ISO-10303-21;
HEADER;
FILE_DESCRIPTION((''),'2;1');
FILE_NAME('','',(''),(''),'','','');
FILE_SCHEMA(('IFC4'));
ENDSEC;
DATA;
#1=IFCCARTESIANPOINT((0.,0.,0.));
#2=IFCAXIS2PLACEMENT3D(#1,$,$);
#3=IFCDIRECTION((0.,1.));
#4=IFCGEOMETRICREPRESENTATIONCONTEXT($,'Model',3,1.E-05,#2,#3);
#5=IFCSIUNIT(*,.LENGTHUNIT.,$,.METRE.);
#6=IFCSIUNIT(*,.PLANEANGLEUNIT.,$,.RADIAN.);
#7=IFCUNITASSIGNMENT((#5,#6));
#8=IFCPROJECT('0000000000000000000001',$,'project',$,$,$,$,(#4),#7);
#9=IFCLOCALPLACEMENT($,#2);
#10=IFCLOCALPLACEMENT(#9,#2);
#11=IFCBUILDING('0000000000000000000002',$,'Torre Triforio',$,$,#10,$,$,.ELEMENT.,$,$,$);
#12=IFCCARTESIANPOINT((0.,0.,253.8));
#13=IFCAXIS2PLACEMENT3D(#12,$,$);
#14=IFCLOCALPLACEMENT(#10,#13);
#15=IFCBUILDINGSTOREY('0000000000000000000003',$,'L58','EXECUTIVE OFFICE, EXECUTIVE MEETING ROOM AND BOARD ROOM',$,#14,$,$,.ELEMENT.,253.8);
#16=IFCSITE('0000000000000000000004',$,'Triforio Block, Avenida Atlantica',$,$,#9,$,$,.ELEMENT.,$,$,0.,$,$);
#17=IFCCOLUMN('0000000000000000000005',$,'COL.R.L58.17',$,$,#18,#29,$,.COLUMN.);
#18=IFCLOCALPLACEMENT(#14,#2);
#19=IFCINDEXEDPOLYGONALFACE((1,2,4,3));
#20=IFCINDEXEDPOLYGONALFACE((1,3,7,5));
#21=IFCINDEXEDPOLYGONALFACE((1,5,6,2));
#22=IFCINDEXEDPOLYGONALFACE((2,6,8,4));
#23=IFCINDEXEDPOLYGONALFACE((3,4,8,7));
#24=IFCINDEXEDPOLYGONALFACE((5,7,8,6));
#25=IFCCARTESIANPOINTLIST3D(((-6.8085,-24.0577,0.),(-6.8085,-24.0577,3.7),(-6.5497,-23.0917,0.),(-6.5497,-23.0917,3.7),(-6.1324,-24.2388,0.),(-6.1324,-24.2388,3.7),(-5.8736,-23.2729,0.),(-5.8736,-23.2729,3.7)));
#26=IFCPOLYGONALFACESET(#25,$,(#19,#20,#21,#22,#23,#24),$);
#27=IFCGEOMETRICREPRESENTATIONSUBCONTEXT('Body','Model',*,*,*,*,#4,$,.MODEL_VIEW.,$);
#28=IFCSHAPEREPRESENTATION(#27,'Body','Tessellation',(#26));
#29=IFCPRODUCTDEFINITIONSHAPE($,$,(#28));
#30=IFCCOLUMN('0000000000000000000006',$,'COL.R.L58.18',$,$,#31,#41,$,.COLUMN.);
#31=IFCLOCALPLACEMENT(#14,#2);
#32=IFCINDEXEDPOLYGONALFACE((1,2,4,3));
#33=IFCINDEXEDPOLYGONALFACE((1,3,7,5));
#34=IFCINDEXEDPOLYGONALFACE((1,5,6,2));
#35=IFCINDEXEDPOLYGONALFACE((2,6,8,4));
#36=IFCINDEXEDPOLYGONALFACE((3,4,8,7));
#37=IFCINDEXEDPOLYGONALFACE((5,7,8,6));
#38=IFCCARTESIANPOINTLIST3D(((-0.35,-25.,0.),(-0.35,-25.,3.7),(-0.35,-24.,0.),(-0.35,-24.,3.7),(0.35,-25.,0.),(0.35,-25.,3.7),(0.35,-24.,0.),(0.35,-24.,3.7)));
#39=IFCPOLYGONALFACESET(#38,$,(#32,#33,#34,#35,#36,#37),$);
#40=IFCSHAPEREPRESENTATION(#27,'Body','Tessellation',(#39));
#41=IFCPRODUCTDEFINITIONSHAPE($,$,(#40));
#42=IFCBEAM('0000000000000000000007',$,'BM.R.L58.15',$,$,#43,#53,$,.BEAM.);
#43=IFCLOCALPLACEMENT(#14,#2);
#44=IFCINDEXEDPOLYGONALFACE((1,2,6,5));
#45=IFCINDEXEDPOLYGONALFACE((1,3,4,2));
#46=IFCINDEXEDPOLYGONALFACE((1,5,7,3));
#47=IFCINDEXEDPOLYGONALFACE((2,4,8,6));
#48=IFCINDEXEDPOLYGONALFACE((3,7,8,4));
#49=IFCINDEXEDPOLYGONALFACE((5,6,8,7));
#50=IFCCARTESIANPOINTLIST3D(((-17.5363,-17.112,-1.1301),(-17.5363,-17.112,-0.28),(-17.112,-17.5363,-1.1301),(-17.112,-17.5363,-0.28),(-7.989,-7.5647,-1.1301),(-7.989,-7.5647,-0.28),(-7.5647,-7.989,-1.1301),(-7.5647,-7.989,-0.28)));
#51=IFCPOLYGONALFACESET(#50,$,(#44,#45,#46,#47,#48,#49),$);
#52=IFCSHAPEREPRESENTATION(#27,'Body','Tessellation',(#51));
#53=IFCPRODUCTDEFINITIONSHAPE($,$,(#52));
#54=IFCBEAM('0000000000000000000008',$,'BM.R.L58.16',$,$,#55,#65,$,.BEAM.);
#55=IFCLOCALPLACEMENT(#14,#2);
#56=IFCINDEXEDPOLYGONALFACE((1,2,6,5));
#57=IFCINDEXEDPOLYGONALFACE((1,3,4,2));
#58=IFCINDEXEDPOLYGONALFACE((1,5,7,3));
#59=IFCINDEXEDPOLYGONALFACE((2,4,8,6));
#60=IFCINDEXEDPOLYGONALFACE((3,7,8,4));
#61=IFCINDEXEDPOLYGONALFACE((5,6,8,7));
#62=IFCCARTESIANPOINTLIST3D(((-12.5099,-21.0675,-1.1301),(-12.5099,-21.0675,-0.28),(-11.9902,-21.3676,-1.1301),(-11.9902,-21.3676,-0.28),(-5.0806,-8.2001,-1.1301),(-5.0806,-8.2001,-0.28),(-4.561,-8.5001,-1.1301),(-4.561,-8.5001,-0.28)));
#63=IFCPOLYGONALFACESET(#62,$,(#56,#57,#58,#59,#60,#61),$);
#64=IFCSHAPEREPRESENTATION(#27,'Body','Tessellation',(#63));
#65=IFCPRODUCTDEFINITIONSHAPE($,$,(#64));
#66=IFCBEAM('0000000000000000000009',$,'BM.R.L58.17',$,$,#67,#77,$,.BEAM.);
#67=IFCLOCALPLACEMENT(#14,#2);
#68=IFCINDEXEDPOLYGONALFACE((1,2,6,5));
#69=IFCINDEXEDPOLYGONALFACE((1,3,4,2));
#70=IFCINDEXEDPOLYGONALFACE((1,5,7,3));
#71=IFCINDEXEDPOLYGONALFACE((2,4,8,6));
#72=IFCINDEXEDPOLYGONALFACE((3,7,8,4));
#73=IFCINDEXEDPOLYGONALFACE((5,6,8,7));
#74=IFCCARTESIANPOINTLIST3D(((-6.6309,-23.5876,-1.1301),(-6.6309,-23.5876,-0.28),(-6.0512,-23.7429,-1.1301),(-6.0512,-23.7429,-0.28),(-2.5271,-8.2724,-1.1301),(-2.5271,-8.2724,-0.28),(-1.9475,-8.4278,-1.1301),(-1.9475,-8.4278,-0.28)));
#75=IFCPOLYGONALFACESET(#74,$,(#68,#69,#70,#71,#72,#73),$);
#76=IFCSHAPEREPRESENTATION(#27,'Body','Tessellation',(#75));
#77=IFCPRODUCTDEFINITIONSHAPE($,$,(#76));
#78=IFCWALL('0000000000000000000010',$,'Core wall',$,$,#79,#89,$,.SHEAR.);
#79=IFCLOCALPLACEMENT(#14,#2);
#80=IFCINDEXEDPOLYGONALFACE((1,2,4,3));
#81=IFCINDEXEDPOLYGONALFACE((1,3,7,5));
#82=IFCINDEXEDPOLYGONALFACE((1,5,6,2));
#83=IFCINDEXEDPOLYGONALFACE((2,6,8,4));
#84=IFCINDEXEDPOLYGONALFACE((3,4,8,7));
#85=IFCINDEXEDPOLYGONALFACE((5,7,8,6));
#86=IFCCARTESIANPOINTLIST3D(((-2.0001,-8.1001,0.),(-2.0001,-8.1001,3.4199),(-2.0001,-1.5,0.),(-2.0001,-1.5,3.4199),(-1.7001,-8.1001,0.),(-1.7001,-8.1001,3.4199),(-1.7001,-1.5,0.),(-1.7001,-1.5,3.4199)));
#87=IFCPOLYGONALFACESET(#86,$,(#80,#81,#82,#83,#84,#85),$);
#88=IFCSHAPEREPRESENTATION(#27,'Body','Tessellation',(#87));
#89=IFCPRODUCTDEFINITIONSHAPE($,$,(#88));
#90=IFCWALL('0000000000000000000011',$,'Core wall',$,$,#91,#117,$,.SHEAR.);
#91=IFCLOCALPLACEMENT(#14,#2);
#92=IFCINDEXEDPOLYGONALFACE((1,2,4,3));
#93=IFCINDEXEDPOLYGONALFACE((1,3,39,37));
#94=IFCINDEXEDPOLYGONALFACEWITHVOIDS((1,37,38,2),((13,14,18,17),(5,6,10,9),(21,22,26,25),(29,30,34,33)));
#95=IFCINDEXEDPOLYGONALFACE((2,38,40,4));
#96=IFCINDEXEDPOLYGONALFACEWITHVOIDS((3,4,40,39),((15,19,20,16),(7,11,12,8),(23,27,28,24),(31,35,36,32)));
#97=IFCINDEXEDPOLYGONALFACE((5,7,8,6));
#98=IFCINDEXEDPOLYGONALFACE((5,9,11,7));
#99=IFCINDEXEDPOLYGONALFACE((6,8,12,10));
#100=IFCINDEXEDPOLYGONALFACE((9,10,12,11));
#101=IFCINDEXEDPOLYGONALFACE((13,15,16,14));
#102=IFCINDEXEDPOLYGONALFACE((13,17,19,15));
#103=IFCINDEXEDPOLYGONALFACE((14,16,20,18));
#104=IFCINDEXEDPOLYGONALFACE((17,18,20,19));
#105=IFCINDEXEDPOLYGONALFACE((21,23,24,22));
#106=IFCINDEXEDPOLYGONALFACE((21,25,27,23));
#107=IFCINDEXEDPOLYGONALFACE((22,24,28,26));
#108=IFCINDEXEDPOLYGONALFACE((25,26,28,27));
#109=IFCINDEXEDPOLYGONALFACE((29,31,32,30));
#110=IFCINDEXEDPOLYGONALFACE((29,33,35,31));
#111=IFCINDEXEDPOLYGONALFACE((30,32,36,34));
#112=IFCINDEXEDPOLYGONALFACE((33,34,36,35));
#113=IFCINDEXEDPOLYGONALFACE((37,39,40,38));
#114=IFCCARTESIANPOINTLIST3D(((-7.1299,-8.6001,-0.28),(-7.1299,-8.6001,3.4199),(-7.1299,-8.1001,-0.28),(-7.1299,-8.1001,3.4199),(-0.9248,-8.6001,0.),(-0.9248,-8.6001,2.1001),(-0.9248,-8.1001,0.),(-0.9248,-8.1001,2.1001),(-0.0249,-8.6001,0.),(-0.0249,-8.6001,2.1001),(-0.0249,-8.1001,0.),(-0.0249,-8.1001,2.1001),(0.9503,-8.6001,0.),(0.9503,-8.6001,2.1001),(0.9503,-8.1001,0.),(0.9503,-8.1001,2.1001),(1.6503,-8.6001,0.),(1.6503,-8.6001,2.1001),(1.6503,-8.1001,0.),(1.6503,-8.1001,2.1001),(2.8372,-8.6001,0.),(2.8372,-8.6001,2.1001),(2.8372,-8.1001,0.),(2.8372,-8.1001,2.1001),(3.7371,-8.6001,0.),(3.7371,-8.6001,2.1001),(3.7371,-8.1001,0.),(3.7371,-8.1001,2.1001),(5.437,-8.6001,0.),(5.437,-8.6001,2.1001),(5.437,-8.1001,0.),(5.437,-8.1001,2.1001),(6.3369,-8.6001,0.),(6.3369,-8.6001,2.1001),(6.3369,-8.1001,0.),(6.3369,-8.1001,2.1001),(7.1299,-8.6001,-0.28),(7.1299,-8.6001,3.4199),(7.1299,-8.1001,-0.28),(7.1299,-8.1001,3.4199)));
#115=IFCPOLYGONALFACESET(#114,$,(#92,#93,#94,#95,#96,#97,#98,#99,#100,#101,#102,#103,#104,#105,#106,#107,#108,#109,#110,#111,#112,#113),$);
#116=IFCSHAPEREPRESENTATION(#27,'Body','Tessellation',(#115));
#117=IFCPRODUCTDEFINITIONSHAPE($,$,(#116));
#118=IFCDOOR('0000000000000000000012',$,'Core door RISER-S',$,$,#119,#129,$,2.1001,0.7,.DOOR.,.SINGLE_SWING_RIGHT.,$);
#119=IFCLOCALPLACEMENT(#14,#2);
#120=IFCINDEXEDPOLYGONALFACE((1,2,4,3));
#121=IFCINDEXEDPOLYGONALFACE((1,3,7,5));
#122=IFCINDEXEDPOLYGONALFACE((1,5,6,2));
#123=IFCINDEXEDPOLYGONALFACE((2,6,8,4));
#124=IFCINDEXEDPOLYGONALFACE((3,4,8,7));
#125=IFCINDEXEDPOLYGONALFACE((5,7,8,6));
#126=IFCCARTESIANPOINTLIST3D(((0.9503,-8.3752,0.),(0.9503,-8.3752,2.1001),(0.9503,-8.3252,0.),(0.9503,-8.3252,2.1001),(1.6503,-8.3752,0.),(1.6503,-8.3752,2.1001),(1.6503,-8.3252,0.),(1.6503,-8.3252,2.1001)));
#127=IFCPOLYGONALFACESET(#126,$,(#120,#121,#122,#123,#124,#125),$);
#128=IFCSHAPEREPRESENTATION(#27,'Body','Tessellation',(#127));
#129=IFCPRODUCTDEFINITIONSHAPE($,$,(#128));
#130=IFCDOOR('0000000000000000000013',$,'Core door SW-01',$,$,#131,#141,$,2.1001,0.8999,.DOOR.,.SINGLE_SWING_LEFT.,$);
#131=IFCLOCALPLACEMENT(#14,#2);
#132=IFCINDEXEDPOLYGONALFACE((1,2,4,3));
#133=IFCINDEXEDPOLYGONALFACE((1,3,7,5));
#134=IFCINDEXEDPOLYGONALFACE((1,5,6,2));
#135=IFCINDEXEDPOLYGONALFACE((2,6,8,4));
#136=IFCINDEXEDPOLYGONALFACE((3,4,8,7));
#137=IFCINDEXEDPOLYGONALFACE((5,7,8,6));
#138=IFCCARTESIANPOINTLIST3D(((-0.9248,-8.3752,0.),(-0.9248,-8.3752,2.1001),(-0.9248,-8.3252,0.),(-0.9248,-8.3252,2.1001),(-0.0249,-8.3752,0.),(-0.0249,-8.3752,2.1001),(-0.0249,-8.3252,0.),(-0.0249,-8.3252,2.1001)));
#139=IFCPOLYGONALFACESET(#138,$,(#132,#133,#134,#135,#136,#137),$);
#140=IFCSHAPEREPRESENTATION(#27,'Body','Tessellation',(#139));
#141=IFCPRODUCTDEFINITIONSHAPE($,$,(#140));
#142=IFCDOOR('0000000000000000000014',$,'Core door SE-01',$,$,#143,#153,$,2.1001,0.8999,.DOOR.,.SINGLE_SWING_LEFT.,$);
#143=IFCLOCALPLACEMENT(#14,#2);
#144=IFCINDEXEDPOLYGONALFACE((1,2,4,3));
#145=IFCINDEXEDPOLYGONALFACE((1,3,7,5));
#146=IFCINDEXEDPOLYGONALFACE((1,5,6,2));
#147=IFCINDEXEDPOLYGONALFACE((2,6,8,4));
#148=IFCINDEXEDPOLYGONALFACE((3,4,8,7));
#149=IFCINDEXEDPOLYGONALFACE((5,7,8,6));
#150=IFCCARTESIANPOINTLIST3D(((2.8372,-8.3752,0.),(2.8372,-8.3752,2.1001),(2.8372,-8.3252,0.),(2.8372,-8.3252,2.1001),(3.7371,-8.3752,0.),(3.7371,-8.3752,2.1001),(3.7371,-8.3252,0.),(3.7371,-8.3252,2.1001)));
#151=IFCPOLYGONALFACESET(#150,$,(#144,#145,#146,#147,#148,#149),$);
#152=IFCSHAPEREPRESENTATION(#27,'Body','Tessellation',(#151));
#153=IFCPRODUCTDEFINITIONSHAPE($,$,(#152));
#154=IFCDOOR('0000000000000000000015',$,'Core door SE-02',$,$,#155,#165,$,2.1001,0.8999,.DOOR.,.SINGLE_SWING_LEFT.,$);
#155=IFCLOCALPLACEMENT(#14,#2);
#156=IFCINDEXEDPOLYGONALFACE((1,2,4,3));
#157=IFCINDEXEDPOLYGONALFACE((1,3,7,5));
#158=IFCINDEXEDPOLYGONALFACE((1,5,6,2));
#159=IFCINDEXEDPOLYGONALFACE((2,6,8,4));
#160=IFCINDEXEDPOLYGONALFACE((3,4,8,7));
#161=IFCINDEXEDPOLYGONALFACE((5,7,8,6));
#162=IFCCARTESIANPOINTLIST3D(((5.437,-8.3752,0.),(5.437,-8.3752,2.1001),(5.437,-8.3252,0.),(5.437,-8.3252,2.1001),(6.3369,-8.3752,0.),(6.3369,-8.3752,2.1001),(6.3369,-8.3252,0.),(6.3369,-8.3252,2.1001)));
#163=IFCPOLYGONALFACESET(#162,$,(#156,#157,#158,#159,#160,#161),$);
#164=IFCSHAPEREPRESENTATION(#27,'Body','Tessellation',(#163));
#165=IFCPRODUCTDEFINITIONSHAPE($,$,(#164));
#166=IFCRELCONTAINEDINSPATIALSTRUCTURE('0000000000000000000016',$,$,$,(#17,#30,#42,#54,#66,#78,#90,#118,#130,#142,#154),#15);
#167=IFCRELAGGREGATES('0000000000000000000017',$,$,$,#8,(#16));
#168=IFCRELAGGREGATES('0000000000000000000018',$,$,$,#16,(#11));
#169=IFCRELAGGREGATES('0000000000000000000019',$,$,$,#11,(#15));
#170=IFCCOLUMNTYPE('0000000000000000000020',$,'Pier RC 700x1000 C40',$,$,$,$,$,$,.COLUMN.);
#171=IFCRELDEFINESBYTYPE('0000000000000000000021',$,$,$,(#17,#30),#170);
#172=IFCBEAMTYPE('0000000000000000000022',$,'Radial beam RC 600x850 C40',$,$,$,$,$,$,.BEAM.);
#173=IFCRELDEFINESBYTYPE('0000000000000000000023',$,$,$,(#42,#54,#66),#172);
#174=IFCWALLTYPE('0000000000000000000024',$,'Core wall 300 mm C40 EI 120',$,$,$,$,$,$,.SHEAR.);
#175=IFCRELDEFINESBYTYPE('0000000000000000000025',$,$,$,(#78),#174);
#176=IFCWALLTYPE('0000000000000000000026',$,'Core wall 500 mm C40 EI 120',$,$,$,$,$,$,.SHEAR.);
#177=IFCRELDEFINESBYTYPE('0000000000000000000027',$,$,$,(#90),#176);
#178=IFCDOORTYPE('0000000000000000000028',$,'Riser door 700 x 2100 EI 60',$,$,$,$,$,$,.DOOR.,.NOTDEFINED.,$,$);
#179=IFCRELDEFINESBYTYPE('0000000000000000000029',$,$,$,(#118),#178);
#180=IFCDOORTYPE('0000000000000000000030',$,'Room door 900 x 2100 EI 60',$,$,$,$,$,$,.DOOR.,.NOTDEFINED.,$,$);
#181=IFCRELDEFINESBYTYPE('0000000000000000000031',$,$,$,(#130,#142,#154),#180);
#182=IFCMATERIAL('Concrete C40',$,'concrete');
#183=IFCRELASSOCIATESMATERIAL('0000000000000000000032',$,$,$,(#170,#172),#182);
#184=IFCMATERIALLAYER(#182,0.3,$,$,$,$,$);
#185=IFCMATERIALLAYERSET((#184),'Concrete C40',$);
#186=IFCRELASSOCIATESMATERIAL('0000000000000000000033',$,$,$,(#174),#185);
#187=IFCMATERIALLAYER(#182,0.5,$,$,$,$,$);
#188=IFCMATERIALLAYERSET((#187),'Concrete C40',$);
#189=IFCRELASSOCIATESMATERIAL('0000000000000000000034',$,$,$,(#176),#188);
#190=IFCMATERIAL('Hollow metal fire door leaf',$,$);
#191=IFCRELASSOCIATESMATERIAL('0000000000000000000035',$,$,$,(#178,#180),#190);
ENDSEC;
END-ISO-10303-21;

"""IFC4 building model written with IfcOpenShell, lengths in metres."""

from ifc_helpers import new_model, si_unit, direction, frame, frame_2d, origin, origin_2d, place, context, subcontext, project, spatial, rectangle, extrude, material, layer, layer_set, material_profile, profile_set, type_object, element, fill, save


model = new_model("IFC4")

# Units and contexts
model_context = context("Model", 3, precision=1e-05, world=origin(), true_north=direction((0.0, 1.0)))
body_context = subcontext(model_context, "Body", "Model", "MODEL_VIEW")
ifc_project = project(units=[si_unit("LENGTHUNIT", "METRE"), si_unit("PLANEANGLEUNIT", "RADIAN")], contexts=[model_context])

# Site, building, storey
site_placement = place(None, origin())
site = spatial("IfcSite", under=ifc_project, at=site_placement, Name="Triforio Block, Avenida Atlantica", CompositionType="ELEMENT", RefElevation=0.0)
building_placement = place(site_placement, origin())
building = spatial("IfcBuilding", under=site, at=building_placement, Name="Torre Triforio", CompositionType="ELEMENT")
storey_placement = place(building_placement, frame((0.0, 0.0, 253.8)))
storey = spatial("IfcBuildingStorey", under=building, at=storey_placement, Name="L58", Description="EXECUTIVE OFFICE, EXECUTIVE MEETING ROOM AND BOARD ROOM", CompositionType="ELEMENT", Elevation=253.8)

# Columns
ifc_material_1 = material(Name="Concrete C40", Category="concrete")
ifc_material_profile_1 = material_profile(ifc_material_1, rectangle(XDim=0.7, YDim=1.0, at=origin_2d()), Name="RC 700x1000")
ifc_profile_set_1 = profile_set([ifc_material_profile_1], Name="Concrete C40")
column_type = type_object("IfcColumnType", Name="Pier RC 700x1000 C40", PredefinedType="COLUMN", material=ifc_profile_set_1)
for number, where, z_axis, x_axis, name in (
    (1, (-6.3411, -23.6653, 0.0), (0.0, 0.0, 1.0), (0.965926, -0.258819, 0.0), "COL.R.L58.17"),
    (2, (0.0, -24.5, 0.0), (0.0, 0.0, 1.0), (1.0, 0.0, 0.0), "COL.R.L58.18"),
):
    element("IfcColumn", number, at=place(storey_placement, frame(where, z_axis=z_axis, x_axis=x_axis)), inside=storey, type_object=column_type, Name=name, PredefinedType="COLUMN", context=body_context, shape_type="SweptSolid", body=[
        extrude(rectangle(XDim=0.7, YDim=1.0, at=origin_2d()), origin(), (0.0, 0.0, 1.0), 3.7),
    ])

# Beams
ifc_material_profile_2 = material_profile(ifc_material_1, rectangle(XDim=0.6001, YDim=0.8501, at=origin_2d()), Name="RC 600x850")
ifc_profile_set_2 = profile_set([ifc_material_profile_2], Name="Concrete C40")
beam_type = type_object("IfcBeamType", Name="Radial beam RC 600x850 C40", PredefinedType="BEAM", material=ifc_profile_set_2)
beam_1_placement = place(storey_placement, frame((-7.7769, -7.7769, -0.7051), z_axis=(-0.707107, -0.707107, 0.0), x_axis=(0.707107, -0.707107, 0.0)))
element("IfcBeam", 3, at=beam_1_placement, inside=storey, type_object=beam_type, Name="BM.R.L58.15", PredefinedType="BEAM", context=body_context, shape_type="SweptSolid", body=[
    extrude(rectangle(XDim=0.6001, YDim=0.8501, at=origin_2d()), origin(), (0.0, 0.0, 1.0), 13.502),
])
beam_2_placement = place(storey_placement, frame((-4.8208, -8.3501, -0.7051), z_axis=(-0.500009, -0.86602, 0.0), x_axis=(0.86602, -0.500009, 0.0)))
element("IfcBeam", 4, at=beam_2_placement, inside=storey, type_object=beam_type, Name="BM.R.L58.16", PredefinedType="BEAM", context=body_context, shape_type="SweptSolid", body=[
    extrude(rectangle(XDim=0.6001, YDim=0.8501, at=origin_2d()), origin(), (0.0, 0.0, 1.0), 14.8582),
])
beam_3_placement = place(storey_placement, frame((-2.2373, -8.3501, -0.7051), z_axis=(-0.258823, -0.965925, 0.0), x_axis=(0.965925, -0.258823, 0.0)))
element("IfcBeam", 5, at=beam_3_placement, inside=storey, type_object=beam_type, Name="BM.R.L58.17", PredefinedType="BEAM", context=body_context, shape_type="SweptSolid", body=[
    extrude(rectangle(XDim=0.6001, YDim=0.8501, at=origin_2d()), origin(), (0.0, 0.0, 1.0), 15.8555),
])

# Wall
ifc_layer_1 = layer(ifc_material_1, 0.3)
ifc_layer_set_1 = layer_set([ifc_layer_1], Name="Concrete C40")
wall_type_1 = type_object("IfcWallType", Name="Core wall 300 mm C40 EI 120", PredefinedType="SHEAR", material=ifc_layer_set_1)
wall_1_placement = place(storey_placement, frame((-1.8501, -8.1001, 0.0), z_axis=(0.0, 0.0, 1.0), x_axis=(0.0, 1.0, 0.0)))
element("IfcWall", 6, at=wall_1_placement, inside=storey, type_object=wall_type_1, Name="Core wall", PredefinedType="SHEAR", context=body_context, shape_type="SweptSolid", body=[
    extrude(rectangle(XDim=6.6001, YDim=0.3, at=frame_2d((3.3, 0.0))), origin(), (0.0, 0.0, 1.0), 3.4199),
])

# Wall, openings, doors
ifc_layer_2 = layer(ifc_material_1, 0.5)
ifc_layer_set_2 = layer_set([ifc_layer_2], Name="Concrete C40")
wall_type_2 = type_object("IfcWallType", Name="Core wall 500 mm C40 EI 120", PredefinedType="SHEAR", material=ifc_layer_set_2)
wall_2_placement = place(storey_placement, frame((-7.1299, -8.3501, -0.28), z_axis=(0.0, 0.0, 1.0), x_axis=(1.0, 0.0, 0.0)))
wall_2 = element("IfcWall", 7, at=wall_2_placement, inside=storey, type_object=wall_type_2, Name="Core wall", PredefinedType="SHEAR", context=body_context, shape_type="SweptSolid", body=[
    extrude(rectangle(XDim=14.2598, YDim=0.5, at=frame_2d((7.1299, 0.0))), origin(), (0.0, 0.0, 1.0), 3.7),
])
opening_1_placement = place(wall_2_placement, frame((8.0801, 0.0, 0.28)))
opening_1 = element("IfcOpeningElement", 8, at=opening_1_placement, cuts=wall_2, PredefinedType="OPENING", context=body_context, shape_type="SweptSolid", body=[
    extrude(rectangle(XDim=0.7, YDim=2.1001, at=frame_2d((0.3501, 1.05))), frame((0.0, 0.26, 0.0), z_axis=(0.0, -1.0, 0.0), x_axis=(1.0, 0.0, 0.0)), (0.0, 0.0, 1.0), 0.52),
])
opening_2_placement = place(wall_2_placement, frame((6.2051, 0.0, 0.28)))
opening_2 = element("IfcOpeningElement", 9, at=opening_2_placement, cuts=wall_2, PredefinedType="OPENING", context=body_context, shape_type="SweptSolid", body=[
    extrude(rectangle(XDim=0.8999, YDim=2.1001, at=frame_2d((0.45, 1.05))), frame((0.0, 0.26, 0.0), z_axis=(0.0, -1.0, 0.0), x_axis=(1.0, 0.0, 0.0)), (0.0, 0.0, 1.0), 0.52),
])
opening_3_placement = place(wall_2_placement, frame((9.967, 0.0, 0.28)))
opening_3 = element("IfcOpeningElement", 10, at=opening_3_placement, cuts=wall_2, PredefinedType="OPENING", context=body_context, shape_type="SweptSolid", body=[
    extrude(rectangle(XDim=0.8999, YDim=2.1001, at=frame_2d((0.45, 1.05))), frame((0.0, 0.26, 0.0), z_axis=(0.0, -1.0, 0.0), x_axis=(1.0, 0.0, 0.0)), (0.0, 0.0, 1.0), 0.52),
])
opening_4_placement = place(wall_2_placement, frame((12.5669, 0.0, 0.28)))
opening_4 = element("IfcOpeningElement", 11, at=opening_4_placement, cuts=wall_2, PredefinedType="OPENING", context=body_context, shape_type="SweptSolid", body=[
    extrude(rectangle(XDim=0.8999, YDim=2.1001, at=frame_2d((0.45, 1.05))), frame((0.0, 0.26, 0.0), z_axis=(0.0, -1.0, 0.0), x_axis=(1.0, 0.0, 0.0)), (0.0, 0.0, 1.0), 0.52),
])
ifc_material_2 = material(Name="Hollow metal fire door leaf")
door_type_1 = type_object("IfcDoorType", Name="Riser door 700 x 2100 EI 60", OperationType="NOTDEFINED", PredefinedType="DOOR", material=ifc_material_2)
door_1_placement = place(opening_1_placement, origin())
door_1 = element("IfcDoor", 12, at=door_1_placement, inside=storey, type_object=door_type_1, Name="Core door RISER-S", OperationType="SINGLE_SWING_RIGHT", OverallHeight=2.1001, OverallWidth=0.7, PredefinedType="DOOR", context=body_context, shape_type="SweptSolid", body=[
    extrude(rectangle(XDim=0.7, YDim=2.1001, at=frame_2d((0.3501, 1.05))), frame((0.0, 0.0249, 0.0), z_axis=(0.0, -1.0, 0.0), x_axis=(1.0, 0.0, 0.0)), (0.0, 0.0, 1.0), 0.05),
])
fill(opening_1, door_1)
door_type_2 = type_object("IfcDoorType", Name="Room door 900 x 2100 EI 60", OperationType="NOTDEFINED", PredefinedType="DOOR", material=ifc_material_2)
door_2_placement = place(opening_2_placement, origin())
door_2 = element("IfcDoor", 13, at=door_2_placement, inside=storey, type_object=door_type_2, Name="Core door SW-01", OperationType="SINGLE_SWING_LEFT", OverallHeight=2.1001, OverallWidth=0.8999, PredefinedType="DOOR", context=body_context, shape_type="SweptSolid", body=[
    extrude(rectangle(XDim=0.8999, YDim=2.1001, at=frame_2d((0.45, 1.05))), frame((0.0, 0.0249, 0.0), z_axis=(0.0, -1.0, 0.0), x_axis=(1.0, 0.0, 0.0)), (0.0, 0.0, 1.0), 0.05),
])
fill(opening_2, door_2)
door_3_placement = place(opening_3_placement, origin())
door_3 = element("IfcDoor", 14, at=door_3_placement, inside=storey, type_object=door_type_2, Name="Core door SE-01", OperationType="SINGLE_SWING_LEFT", OverallHeight=2.1001, OverallWidth=0.8999, PredefinedType="DOOR", context=body_context, shape_type="SweptSolid", body=[
    extrude(rectangle(XDim=0.8999, YDim=2.1001, at=frame_2d((0.45, 1.05))), frame((0.0, 0.0249, 0.0), z_axis=(0.0, -1.0, 0.0), x_axis=(1.0, 0.0, 0.0)), (0.0, 0.0, 1.0), 0.05),
])
fill(opening_3, door_3)
door_4_placement = place(opening_4_placement, origin())
door_4 = element("IfcDoor", 15, at=door_4_placement, inside=storey, type_object=door_type_2, Name="Core door SE-02", OperationType="SINGLE_SWING_LEFT", OverallHeight=2.1001, OverallWidth=0.8999, PredefinedType="DOOR", context=body_context, shape_type="SweptSolid", body=[
    extrude(rectangle(XDim=0.8999, YDim=2.1001, at=frame_2d((0.45, 1.05))), frame((0.0, 0.0249, 0.0), z_axis=(0.0, -1.0, 0.0), x_axis=(1.0, 0.0, 0.0)), (0.0, 0.0, 1.0), 0.05),
])
fill(opening_4, door_4)

save(model, "model.ifc")
